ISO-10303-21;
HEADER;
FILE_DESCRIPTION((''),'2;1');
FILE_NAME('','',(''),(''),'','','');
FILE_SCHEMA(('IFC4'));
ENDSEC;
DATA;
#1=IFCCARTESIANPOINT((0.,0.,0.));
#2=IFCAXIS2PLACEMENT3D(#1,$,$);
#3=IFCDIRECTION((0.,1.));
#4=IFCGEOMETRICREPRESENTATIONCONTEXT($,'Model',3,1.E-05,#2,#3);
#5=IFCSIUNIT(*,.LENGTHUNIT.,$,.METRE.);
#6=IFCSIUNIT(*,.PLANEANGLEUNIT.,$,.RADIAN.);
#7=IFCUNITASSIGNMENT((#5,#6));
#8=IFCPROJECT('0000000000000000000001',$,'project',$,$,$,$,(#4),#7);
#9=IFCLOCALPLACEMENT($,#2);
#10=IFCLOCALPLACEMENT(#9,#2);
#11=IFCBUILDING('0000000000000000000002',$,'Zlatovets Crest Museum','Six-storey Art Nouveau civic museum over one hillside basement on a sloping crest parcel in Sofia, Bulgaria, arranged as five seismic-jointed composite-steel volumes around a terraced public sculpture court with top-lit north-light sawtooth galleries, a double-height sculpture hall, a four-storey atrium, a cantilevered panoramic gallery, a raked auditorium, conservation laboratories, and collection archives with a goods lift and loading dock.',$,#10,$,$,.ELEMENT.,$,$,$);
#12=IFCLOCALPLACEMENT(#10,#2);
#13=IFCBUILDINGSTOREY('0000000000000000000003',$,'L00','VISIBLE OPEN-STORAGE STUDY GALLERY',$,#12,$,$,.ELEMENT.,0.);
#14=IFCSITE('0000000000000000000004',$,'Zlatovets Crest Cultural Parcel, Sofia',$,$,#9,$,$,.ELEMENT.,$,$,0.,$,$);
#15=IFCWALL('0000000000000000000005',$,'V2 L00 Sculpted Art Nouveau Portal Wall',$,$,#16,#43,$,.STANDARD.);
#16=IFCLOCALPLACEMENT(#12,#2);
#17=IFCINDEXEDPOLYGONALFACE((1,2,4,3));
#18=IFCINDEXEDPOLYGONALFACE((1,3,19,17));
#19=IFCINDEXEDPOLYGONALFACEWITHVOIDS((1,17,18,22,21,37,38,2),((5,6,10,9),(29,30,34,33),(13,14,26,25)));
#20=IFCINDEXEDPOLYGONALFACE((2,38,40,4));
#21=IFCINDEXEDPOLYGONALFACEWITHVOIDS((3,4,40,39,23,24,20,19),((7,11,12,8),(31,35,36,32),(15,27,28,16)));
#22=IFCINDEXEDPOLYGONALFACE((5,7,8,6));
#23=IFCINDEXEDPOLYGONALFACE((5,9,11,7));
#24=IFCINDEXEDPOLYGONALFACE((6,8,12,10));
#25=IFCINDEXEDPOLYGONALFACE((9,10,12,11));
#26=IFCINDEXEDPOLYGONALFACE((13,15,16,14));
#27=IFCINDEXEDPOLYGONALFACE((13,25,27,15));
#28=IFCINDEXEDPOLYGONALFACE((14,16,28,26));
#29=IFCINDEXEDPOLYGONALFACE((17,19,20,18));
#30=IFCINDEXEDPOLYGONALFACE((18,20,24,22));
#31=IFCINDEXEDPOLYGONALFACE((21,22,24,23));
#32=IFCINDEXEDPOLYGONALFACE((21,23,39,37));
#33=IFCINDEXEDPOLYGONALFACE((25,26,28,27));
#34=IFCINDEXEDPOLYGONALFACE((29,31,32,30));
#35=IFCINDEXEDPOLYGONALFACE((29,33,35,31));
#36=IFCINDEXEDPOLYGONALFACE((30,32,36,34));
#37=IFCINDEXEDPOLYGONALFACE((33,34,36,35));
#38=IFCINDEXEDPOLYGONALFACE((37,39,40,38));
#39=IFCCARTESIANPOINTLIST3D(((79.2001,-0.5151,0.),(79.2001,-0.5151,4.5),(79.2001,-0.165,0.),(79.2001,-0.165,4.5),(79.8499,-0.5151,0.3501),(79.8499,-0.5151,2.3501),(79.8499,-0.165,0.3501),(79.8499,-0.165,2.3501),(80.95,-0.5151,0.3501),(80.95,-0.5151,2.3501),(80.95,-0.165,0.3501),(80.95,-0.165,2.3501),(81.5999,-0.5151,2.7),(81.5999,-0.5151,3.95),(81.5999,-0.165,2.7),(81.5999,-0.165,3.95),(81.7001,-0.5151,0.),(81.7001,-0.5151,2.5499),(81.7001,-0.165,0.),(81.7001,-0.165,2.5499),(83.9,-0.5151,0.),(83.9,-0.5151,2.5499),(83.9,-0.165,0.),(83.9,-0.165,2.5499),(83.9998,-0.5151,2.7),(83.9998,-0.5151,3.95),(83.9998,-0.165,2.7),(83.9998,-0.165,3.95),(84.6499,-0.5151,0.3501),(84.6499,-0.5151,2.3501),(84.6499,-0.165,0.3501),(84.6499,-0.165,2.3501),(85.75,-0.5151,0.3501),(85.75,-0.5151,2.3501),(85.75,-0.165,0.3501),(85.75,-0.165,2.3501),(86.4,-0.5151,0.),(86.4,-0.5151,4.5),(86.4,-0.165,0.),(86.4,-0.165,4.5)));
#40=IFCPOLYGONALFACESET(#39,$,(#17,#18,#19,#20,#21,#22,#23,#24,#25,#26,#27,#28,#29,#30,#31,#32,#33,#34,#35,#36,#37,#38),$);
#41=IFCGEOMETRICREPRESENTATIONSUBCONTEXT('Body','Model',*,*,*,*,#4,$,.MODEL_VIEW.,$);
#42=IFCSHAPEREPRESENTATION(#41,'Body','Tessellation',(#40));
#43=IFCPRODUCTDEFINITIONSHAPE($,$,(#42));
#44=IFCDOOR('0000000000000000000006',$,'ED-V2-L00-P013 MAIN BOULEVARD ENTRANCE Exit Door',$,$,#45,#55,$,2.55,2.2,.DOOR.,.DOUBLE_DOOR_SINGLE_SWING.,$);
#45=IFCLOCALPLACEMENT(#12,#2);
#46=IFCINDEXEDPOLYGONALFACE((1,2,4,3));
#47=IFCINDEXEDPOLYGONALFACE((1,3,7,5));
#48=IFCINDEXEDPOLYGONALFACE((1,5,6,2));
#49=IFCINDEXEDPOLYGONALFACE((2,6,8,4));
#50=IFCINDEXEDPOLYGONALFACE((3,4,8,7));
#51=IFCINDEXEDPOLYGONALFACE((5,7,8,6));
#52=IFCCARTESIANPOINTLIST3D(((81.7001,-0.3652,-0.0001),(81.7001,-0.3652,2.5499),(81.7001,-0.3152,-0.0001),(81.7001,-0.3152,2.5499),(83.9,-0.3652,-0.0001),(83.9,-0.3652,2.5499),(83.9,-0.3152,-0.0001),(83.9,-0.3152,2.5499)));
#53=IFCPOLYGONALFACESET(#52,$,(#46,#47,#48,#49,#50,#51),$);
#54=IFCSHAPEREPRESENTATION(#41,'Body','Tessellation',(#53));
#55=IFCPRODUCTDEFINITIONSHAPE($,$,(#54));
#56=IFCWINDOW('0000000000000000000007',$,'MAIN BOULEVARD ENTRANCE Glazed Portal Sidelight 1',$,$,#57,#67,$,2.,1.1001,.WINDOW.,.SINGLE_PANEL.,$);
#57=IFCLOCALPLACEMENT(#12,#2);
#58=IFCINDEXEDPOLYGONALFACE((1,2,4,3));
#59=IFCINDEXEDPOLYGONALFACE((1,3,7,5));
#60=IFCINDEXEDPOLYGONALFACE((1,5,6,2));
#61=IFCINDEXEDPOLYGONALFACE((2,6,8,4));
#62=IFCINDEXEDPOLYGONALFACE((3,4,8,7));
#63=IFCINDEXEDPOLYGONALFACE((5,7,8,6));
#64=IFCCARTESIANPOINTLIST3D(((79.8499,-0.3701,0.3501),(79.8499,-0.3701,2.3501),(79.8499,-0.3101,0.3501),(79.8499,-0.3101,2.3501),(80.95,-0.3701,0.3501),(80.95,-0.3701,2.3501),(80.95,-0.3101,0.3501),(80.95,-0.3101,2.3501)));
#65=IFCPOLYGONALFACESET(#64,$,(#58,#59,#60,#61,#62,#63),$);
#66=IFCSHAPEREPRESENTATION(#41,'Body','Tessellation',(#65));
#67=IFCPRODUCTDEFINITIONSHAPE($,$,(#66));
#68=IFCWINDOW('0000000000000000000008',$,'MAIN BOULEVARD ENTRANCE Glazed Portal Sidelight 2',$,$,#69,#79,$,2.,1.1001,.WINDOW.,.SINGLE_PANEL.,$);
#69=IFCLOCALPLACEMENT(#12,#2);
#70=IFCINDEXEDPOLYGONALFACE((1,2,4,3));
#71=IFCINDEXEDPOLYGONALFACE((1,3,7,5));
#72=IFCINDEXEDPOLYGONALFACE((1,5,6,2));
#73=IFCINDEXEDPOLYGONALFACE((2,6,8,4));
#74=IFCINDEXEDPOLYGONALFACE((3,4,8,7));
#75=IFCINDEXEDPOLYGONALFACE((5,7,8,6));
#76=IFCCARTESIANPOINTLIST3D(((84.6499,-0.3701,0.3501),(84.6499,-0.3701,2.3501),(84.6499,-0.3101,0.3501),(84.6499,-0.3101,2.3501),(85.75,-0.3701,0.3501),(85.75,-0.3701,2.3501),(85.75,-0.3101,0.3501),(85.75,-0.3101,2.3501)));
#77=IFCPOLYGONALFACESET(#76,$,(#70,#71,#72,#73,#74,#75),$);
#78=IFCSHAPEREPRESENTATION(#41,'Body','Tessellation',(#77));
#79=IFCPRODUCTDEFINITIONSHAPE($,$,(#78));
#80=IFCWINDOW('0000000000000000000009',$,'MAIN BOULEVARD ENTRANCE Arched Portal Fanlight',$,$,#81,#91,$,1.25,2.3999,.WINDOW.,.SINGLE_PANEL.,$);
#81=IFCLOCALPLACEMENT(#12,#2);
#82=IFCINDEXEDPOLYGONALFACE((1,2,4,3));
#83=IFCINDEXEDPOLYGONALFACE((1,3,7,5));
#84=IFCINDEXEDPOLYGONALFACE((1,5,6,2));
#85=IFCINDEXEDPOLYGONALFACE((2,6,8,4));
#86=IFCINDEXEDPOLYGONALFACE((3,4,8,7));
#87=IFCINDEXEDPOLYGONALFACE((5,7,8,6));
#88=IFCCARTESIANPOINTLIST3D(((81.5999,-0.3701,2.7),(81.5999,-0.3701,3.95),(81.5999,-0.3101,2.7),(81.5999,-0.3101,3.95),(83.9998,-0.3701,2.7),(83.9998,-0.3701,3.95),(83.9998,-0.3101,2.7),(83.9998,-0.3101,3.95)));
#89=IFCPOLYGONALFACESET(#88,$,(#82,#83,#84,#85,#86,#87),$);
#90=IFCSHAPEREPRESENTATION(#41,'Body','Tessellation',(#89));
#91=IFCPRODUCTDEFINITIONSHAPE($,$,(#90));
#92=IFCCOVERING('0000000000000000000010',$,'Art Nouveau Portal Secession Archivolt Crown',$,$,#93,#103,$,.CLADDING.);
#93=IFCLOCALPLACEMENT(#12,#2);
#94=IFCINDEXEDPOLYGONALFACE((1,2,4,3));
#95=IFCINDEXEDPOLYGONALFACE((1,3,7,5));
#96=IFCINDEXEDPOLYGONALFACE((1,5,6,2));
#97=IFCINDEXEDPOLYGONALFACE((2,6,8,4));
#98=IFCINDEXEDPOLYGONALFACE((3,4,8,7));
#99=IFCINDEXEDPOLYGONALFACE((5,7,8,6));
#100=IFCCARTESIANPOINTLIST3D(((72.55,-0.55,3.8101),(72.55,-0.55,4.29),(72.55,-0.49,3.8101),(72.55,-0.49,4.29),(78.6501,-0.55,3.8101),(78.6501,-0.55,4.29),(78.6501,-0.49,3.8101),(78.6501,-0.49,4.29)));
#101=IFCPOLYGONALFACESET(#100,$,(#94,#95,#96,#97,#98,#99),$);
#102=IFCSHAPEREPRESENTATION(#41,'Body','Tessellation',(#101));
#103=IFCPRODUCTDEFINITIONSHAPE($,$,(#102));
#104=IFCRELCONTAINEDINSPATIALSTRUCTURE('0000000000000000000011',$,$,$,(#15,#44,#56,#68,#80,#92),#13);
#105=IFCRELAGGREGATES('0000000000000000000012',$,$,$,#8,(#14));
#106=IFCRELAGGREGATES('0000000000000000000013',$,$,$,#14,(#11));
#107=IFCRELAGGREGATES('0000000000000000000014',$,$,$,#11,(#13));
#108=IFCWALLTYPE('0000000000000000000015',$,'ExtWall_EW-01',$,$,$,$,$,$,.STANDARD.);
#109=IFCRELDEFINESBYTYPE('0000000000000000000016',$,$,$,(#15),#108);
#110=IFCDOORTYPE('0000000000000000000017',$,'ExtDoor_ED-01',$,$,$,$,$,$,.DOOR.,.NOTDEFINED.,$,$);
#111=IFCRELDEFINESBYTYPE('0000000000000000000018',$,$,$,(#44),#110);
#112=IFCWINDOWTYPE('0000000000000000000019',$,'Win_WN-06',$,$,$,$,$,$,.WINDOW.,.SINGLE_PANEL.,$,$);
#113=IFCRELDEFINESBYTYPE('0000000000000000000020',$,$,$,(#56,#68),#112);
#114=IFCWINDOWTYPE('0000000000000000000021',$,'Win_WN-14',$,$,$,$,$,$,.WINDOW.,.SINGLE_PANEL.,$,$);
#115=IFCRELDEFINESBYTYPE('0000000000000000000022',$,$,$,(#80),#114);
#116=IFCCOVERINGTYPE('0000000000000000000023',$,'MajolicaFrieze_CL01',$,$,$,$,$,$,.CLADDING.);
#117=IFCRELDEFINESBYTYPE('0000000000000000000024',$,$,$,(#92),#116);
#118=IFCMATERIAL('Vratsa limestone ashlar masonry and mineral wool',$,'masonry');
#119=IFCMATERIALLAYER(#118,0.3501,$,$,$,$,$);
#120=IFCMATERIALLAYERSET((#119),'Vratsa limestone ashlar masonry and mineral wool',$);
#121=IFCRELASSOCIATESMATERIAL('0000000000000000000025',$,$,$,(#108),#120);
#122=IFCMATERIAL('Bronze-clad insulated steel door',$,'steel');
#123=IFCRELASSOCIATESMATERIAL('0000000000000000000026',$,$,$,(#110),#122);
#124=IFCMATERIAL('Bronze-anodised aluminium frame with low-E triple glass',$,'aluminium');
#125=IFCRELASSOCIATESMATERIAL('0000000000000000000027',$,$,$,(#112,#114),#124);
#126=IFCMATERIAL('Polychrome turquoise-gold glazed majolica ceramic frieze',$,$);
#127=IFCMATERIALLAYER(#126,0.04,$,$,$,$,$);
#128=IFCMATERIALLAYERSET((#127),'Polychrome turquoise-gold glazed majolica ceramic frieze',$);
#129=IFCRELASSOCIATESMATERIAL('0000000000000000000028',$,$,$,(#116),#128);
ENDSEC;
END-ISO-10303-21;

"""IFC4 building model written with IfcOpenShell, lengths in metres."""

from ifc_helpers import new_model, si_unit, direction, frame, frame_2d, origin, origin_2d, place, context, subcontext, project, spatial, rectangle, extrude, material, layer, layer_set, type_object, element, fill, save


model = new_model("IFC4")

# Units and contexts
model_context = context("Model", 3, precision=1e-05, world=origin(), true_north=direction((0.0, 1.0)))
body_context = subcontext(model_context, "Body", "Model", "MODEL_VIEW")
ifc_project = project(units=[si_unit("LENGTHUNIT", "METRE"), si_unit("PLANEANGLEUNIT", "RADIAN")], contexts=[model_context])

# Site, building, storey
site_placement = place(None, origin())
site = spatial("IfcSite", under=ifc_project, at=site_placement, Name="Zlatovets Crest Cultural Parcel, Sofia", CompositionType="ELEMENT", RefElevation=0.0)
building_placement = place(site_placement, origin())
building = spatial("IfcBuilding", under=site, at=building_placement, Name="Zlatovets Crest Museum", Description="Six-storey Art Nouveau civic museum over one hillside basement on a sloping crest parcel in Sofia, Bulgaria, arranged as five seismic-jointed composite-steel volumes around a terraced public sculpture court with top-lit north-light sawtooth galleries, a double-height sculpture hall, a four-storey atrium, a cantilevered panoramic gallery, a raked auditorium, conservation laboratories, and collection archives with a goods lift and loading dock.", CompositionType="ELEMENT")
storey_placement = place(building_placement, origin())
storey = spatial("IfcBuildingStorey", under=building, at=storey_placement, Name="L00", Description="VISIBLE OPEN-STORAGE STUDY GALLERY", CompositionType="ELEMENT", Elevation=0.0)

# Wall, openings, door, windows
ifc_material_1 = material(Name="Vratsa limestone ashlar masonry and mineral wool", Category="masonry")
ifc_layer_1 = layer(ifc_material_1, 0.3501)
ifc_layer_set_1 = layer_set([ifc_layer_1], Name="Vratsa limestone ashlar masonry and mineral wool")
wall_type = type_object("IfcWallType", Name="ExtWall_EW-01", PredefinedType="STANDARD", material=ifc_layer_set_1)
wall_placement = place(storey_placement, frame((79.2, -0.3401, 0.0), z_axis=(0.0, 0.0, 1.0), x_axis=(1.0, 0.0, 0.0)))
wall = element("IfcWall", 1, at=wall_placement, inside=storey, type_object=wall_type, Name="V2 L00 Sculpted Art Nouveau Portal Wall", PredefinedType="STANDARD", context=body_context, shape_type="SweptSolid", body=[
    extrude(rectangle(XDim=7.2, YDim=0.3501, at=frame_2d((3.6001, 0.0))), origin(), (0.0, 0.0, 1.0), 4.5),
])
opening_1_placement = place(wall_placement, frame((2.5, 0.0, 0.0)))
opening_1 = element("IfcOpeningElement", 2, at=opening_1_placement, cuts=wall, PredefinedType="OPENING", context=body_context, shape_type="SweptSolid", body=[
    extrude(rectangle(XDim=2.2, YDim=2.55, at=frame_2d((1.1001, 1.2749))), frame((0.0, 0.1851, 0.0), z_axis=(0.0, -1.0, 0.0), x_axis=(1.0, 0.0, 0.0)), (0.0, 0.0, 1.0), 0.3701),
])
opening_2_placement = place(wall_placement, frame((2.3999, 0.0, 2.7)))
opening_2 = element("IfcOpeningElement", 3, at=opening_2_placement, cuts=wall, PredefinedType="OPENING", context=body_context, shape_type="SweptSolid", body=[
    extrude(rectangle(XDim=2.3999, YDim=1.25, at=frame_2d((1.2, 0.625))), frame((0.0, 0.1851, 0.0), z_axis=(0.0, -1.0, 0.0), x_axis=(1.0, 0.0, 0.0)), (0.0, 0.0, 1.0), 0.3701),
])
opening_3_placement = place(wall_placement, frame((0.6499, 0.0, 0.3501)))
opening_3 = element("IfcOpeningElement", 4, at=opening_3_placement, cuts=wall, PredefinedType="OPENING", context=body_context, shape_type="SweptSolid", body=[
    extrude(rectangle(XDim=1.1001, YDim=2.0, at=frame_2d((0.55, 1.0))), frame((0.0, 0.1851, 0.0), z_axis=(0.0, -1.0, 0.0), x_axis=(1.0, 0.0, 0.0)), (0.0, 0.0, 1.0), 0.3701),
])
opening_4_placement = place(wall_placement, frame((5.45, 0.0, 0.3501)))
opening_4 = element("IfcOpeningElement", 5, at=opening_4_placement, cuts=wall, PredefinedType="OPENING", context=body_context, shape_type="SweptSolid", body=[
    extrude(rectangle(XDim=1.1001, YDim=2.0, at=frame_2d((0.55, 1.0))), frame((0.0, 0.1851, 0.0), z_axis=(0.0, -1.0, 0.0), x_axis=(1.0, 0.0, 0.0)), (0.0, 0.0, 1.0), 0.3701),
])
ifc_material_2 = material(Name="Bronze-clad insulated steel door", Category="steel")
door_type = type_object("IfcDoorType", Name="ExtDoor_ED-01", OperationType="NOTDEFINED", PredefinedType="DOOR", material=ifc_material_2)
door_placement = place(opening_1_placement, origin())
door = element("IfcDoor", 6, at=door_placement, inside=storey, type_object=door_type, Name="ED-V2-L00-P013 MAIN BOULEVARD ENTRANCE Exit Door", OperationType="DOUBLE_DOOR_SINGLE_SWING", OverallHeight=2.55, OverallWidth=2.2, PredefinedType="DOOR", context=body_context, shape_type="SweptSolid", body=[
    extrude(rectangle(XDim=2.2, YDim=2.55, at=frame_2d((1.1001, 1.2749))), frame((0.0, 0.0249, 0.0), z_axis=(0.0, -1.0, 0.0), x_axis=(1.0, 0.0, 0.0)), (0.0, 0.0, 1.0), 0.05),
])
fill(opening_1, door)
ifc_material_3 = material(Name="Bronze-anodised aluminium frame with low-E triple glass", Category="aluminium")
window_type_1 = type_object("IfcWindowType", Name="Win_WN-06", PartitioningType="SINGLE_PANEL", PredefinedType="WINDOW", material=ifc_material_3)
window_1_placement = place(opening_3_placement, origin())
window_1 = element("IfcWindow", 7, at=window_1_placement, inside=storey, type_object=window_type_1, Name="MAIN BOULEVARD ENTRANCE Glazed Portal Sidelight 1", OverallHeight=2.0, OverallWidth=1.1001, PartitioningType="SINGLE_PANEL", PredefinedType="WINDOW", context=body_context, shape_type="SweptSolid", body=[
    extrude(rectangle(XDim=1.1001, YDim=2.0, at=frame_2d((0.55, 1.0))), frame((0.0, 0.03, 0.0), z_axis=(0.0, -1.0, 0.0), x_axis=(1.0, 0.0, 0.0)), (0.0, 0.0, 1.0), 0.0601),
])
fill(opening_3, window_1)
window_2_placement = place(opening_4_placement, origin())
window_2 = element("IfcWindow", 8, at=window_2_placement, inside=storey, type_object=window_type_1, Name="MAIN BOULEVARD ENTRANCE Glazed Portal Sidelight 2", OverallHeight=2.0, OverallWidth=1.1001, PartitioningType="SINGLE_PANEL", PredefinedType="WINDOW", context=body_context, shape_type="SweptSolid", body=[
    extrude(rectangle(XDim=1.1001, YDim=2.0, at=frame_2d((0.55, 1.0))), frame((0.0, 0.03, 0.0), z_axis=(0.0, -1.0, 0.0), x_axis=(1.0, 0.0, 0.0)), (0.0, 0.0, 1.0), 0.0601),
])
fill(opening_4, window_2)
window_type_2 = type_object("IfcWindowType", Name="Win_WN-14", PartitioningType="SINGLE_PANEL", PredefinedType="WINDOW", material=ifc_material_3)
window_3_placement = place(opening_2_placement, origin())
window_3 = element("IfcWindow", 9, at=window_3_placement, inside=storey, type_object=window_type_2, Name="MAIN BOULEVARD ENTRANCE Arched Portal Fanlight", OverallHeight=1.25, OverallWidth=2.3999, PartitioningType="SINGLE_PANEL", PredefinedType="WINDOW", context=body_context, shape_type="SweptSolid", body=[
    extrude(rectangle(XDim=2.3999, YDim=1.25, at=frame_2d((1.2, 0.625))), frame((0.0, 0.03, 0.0), z_axis=(0.0, -1.0, 0.0), x_axis=(1.0, 0.0, 0.0)), (0.0, 0.0, 1.0), 0.0601),
])
fill(opening_2, window_3)

# Covering
ifc_material_4 = material(Name="Polychrome turquoise-gold glazed majolica ceramic frieze")
ifc_layer_2 = layer(ifc_material_4, 0.04)
ifc_layer_set_2 = layer_set([ifc_layer_2], Name="Polychrome turquoise-gold glazed majolica ceramic frieze")
covering_type = type_object("IfcCoveringType", Name="MajolicaFrieze_CL01", PredefinedType="CLADDING", material=ifc_layer_set_2)
covering_placement = place(storey_placement, frame((75.6001, -0.52, 3.8101), z_axis=(0.0, 0.0, 1.0), x_axis=(1.0, 0.0, 0.0)))
element("IfcCovering", 10, at=covering_placement, inside=storey, type_object=covering_type, Name="Art Nouveau Portal Secession Archivolt Crown", PredefinedType="CLADDING", context=body_context, shape_type="SweptSolid", body=[
    extrude(rectangle(XDim=6.1001, YDim=0.0601, at=origin_2d()), origin(), (0.0, 0.0, 1.0), 0.48),
])

save(model, "model.ifc")
